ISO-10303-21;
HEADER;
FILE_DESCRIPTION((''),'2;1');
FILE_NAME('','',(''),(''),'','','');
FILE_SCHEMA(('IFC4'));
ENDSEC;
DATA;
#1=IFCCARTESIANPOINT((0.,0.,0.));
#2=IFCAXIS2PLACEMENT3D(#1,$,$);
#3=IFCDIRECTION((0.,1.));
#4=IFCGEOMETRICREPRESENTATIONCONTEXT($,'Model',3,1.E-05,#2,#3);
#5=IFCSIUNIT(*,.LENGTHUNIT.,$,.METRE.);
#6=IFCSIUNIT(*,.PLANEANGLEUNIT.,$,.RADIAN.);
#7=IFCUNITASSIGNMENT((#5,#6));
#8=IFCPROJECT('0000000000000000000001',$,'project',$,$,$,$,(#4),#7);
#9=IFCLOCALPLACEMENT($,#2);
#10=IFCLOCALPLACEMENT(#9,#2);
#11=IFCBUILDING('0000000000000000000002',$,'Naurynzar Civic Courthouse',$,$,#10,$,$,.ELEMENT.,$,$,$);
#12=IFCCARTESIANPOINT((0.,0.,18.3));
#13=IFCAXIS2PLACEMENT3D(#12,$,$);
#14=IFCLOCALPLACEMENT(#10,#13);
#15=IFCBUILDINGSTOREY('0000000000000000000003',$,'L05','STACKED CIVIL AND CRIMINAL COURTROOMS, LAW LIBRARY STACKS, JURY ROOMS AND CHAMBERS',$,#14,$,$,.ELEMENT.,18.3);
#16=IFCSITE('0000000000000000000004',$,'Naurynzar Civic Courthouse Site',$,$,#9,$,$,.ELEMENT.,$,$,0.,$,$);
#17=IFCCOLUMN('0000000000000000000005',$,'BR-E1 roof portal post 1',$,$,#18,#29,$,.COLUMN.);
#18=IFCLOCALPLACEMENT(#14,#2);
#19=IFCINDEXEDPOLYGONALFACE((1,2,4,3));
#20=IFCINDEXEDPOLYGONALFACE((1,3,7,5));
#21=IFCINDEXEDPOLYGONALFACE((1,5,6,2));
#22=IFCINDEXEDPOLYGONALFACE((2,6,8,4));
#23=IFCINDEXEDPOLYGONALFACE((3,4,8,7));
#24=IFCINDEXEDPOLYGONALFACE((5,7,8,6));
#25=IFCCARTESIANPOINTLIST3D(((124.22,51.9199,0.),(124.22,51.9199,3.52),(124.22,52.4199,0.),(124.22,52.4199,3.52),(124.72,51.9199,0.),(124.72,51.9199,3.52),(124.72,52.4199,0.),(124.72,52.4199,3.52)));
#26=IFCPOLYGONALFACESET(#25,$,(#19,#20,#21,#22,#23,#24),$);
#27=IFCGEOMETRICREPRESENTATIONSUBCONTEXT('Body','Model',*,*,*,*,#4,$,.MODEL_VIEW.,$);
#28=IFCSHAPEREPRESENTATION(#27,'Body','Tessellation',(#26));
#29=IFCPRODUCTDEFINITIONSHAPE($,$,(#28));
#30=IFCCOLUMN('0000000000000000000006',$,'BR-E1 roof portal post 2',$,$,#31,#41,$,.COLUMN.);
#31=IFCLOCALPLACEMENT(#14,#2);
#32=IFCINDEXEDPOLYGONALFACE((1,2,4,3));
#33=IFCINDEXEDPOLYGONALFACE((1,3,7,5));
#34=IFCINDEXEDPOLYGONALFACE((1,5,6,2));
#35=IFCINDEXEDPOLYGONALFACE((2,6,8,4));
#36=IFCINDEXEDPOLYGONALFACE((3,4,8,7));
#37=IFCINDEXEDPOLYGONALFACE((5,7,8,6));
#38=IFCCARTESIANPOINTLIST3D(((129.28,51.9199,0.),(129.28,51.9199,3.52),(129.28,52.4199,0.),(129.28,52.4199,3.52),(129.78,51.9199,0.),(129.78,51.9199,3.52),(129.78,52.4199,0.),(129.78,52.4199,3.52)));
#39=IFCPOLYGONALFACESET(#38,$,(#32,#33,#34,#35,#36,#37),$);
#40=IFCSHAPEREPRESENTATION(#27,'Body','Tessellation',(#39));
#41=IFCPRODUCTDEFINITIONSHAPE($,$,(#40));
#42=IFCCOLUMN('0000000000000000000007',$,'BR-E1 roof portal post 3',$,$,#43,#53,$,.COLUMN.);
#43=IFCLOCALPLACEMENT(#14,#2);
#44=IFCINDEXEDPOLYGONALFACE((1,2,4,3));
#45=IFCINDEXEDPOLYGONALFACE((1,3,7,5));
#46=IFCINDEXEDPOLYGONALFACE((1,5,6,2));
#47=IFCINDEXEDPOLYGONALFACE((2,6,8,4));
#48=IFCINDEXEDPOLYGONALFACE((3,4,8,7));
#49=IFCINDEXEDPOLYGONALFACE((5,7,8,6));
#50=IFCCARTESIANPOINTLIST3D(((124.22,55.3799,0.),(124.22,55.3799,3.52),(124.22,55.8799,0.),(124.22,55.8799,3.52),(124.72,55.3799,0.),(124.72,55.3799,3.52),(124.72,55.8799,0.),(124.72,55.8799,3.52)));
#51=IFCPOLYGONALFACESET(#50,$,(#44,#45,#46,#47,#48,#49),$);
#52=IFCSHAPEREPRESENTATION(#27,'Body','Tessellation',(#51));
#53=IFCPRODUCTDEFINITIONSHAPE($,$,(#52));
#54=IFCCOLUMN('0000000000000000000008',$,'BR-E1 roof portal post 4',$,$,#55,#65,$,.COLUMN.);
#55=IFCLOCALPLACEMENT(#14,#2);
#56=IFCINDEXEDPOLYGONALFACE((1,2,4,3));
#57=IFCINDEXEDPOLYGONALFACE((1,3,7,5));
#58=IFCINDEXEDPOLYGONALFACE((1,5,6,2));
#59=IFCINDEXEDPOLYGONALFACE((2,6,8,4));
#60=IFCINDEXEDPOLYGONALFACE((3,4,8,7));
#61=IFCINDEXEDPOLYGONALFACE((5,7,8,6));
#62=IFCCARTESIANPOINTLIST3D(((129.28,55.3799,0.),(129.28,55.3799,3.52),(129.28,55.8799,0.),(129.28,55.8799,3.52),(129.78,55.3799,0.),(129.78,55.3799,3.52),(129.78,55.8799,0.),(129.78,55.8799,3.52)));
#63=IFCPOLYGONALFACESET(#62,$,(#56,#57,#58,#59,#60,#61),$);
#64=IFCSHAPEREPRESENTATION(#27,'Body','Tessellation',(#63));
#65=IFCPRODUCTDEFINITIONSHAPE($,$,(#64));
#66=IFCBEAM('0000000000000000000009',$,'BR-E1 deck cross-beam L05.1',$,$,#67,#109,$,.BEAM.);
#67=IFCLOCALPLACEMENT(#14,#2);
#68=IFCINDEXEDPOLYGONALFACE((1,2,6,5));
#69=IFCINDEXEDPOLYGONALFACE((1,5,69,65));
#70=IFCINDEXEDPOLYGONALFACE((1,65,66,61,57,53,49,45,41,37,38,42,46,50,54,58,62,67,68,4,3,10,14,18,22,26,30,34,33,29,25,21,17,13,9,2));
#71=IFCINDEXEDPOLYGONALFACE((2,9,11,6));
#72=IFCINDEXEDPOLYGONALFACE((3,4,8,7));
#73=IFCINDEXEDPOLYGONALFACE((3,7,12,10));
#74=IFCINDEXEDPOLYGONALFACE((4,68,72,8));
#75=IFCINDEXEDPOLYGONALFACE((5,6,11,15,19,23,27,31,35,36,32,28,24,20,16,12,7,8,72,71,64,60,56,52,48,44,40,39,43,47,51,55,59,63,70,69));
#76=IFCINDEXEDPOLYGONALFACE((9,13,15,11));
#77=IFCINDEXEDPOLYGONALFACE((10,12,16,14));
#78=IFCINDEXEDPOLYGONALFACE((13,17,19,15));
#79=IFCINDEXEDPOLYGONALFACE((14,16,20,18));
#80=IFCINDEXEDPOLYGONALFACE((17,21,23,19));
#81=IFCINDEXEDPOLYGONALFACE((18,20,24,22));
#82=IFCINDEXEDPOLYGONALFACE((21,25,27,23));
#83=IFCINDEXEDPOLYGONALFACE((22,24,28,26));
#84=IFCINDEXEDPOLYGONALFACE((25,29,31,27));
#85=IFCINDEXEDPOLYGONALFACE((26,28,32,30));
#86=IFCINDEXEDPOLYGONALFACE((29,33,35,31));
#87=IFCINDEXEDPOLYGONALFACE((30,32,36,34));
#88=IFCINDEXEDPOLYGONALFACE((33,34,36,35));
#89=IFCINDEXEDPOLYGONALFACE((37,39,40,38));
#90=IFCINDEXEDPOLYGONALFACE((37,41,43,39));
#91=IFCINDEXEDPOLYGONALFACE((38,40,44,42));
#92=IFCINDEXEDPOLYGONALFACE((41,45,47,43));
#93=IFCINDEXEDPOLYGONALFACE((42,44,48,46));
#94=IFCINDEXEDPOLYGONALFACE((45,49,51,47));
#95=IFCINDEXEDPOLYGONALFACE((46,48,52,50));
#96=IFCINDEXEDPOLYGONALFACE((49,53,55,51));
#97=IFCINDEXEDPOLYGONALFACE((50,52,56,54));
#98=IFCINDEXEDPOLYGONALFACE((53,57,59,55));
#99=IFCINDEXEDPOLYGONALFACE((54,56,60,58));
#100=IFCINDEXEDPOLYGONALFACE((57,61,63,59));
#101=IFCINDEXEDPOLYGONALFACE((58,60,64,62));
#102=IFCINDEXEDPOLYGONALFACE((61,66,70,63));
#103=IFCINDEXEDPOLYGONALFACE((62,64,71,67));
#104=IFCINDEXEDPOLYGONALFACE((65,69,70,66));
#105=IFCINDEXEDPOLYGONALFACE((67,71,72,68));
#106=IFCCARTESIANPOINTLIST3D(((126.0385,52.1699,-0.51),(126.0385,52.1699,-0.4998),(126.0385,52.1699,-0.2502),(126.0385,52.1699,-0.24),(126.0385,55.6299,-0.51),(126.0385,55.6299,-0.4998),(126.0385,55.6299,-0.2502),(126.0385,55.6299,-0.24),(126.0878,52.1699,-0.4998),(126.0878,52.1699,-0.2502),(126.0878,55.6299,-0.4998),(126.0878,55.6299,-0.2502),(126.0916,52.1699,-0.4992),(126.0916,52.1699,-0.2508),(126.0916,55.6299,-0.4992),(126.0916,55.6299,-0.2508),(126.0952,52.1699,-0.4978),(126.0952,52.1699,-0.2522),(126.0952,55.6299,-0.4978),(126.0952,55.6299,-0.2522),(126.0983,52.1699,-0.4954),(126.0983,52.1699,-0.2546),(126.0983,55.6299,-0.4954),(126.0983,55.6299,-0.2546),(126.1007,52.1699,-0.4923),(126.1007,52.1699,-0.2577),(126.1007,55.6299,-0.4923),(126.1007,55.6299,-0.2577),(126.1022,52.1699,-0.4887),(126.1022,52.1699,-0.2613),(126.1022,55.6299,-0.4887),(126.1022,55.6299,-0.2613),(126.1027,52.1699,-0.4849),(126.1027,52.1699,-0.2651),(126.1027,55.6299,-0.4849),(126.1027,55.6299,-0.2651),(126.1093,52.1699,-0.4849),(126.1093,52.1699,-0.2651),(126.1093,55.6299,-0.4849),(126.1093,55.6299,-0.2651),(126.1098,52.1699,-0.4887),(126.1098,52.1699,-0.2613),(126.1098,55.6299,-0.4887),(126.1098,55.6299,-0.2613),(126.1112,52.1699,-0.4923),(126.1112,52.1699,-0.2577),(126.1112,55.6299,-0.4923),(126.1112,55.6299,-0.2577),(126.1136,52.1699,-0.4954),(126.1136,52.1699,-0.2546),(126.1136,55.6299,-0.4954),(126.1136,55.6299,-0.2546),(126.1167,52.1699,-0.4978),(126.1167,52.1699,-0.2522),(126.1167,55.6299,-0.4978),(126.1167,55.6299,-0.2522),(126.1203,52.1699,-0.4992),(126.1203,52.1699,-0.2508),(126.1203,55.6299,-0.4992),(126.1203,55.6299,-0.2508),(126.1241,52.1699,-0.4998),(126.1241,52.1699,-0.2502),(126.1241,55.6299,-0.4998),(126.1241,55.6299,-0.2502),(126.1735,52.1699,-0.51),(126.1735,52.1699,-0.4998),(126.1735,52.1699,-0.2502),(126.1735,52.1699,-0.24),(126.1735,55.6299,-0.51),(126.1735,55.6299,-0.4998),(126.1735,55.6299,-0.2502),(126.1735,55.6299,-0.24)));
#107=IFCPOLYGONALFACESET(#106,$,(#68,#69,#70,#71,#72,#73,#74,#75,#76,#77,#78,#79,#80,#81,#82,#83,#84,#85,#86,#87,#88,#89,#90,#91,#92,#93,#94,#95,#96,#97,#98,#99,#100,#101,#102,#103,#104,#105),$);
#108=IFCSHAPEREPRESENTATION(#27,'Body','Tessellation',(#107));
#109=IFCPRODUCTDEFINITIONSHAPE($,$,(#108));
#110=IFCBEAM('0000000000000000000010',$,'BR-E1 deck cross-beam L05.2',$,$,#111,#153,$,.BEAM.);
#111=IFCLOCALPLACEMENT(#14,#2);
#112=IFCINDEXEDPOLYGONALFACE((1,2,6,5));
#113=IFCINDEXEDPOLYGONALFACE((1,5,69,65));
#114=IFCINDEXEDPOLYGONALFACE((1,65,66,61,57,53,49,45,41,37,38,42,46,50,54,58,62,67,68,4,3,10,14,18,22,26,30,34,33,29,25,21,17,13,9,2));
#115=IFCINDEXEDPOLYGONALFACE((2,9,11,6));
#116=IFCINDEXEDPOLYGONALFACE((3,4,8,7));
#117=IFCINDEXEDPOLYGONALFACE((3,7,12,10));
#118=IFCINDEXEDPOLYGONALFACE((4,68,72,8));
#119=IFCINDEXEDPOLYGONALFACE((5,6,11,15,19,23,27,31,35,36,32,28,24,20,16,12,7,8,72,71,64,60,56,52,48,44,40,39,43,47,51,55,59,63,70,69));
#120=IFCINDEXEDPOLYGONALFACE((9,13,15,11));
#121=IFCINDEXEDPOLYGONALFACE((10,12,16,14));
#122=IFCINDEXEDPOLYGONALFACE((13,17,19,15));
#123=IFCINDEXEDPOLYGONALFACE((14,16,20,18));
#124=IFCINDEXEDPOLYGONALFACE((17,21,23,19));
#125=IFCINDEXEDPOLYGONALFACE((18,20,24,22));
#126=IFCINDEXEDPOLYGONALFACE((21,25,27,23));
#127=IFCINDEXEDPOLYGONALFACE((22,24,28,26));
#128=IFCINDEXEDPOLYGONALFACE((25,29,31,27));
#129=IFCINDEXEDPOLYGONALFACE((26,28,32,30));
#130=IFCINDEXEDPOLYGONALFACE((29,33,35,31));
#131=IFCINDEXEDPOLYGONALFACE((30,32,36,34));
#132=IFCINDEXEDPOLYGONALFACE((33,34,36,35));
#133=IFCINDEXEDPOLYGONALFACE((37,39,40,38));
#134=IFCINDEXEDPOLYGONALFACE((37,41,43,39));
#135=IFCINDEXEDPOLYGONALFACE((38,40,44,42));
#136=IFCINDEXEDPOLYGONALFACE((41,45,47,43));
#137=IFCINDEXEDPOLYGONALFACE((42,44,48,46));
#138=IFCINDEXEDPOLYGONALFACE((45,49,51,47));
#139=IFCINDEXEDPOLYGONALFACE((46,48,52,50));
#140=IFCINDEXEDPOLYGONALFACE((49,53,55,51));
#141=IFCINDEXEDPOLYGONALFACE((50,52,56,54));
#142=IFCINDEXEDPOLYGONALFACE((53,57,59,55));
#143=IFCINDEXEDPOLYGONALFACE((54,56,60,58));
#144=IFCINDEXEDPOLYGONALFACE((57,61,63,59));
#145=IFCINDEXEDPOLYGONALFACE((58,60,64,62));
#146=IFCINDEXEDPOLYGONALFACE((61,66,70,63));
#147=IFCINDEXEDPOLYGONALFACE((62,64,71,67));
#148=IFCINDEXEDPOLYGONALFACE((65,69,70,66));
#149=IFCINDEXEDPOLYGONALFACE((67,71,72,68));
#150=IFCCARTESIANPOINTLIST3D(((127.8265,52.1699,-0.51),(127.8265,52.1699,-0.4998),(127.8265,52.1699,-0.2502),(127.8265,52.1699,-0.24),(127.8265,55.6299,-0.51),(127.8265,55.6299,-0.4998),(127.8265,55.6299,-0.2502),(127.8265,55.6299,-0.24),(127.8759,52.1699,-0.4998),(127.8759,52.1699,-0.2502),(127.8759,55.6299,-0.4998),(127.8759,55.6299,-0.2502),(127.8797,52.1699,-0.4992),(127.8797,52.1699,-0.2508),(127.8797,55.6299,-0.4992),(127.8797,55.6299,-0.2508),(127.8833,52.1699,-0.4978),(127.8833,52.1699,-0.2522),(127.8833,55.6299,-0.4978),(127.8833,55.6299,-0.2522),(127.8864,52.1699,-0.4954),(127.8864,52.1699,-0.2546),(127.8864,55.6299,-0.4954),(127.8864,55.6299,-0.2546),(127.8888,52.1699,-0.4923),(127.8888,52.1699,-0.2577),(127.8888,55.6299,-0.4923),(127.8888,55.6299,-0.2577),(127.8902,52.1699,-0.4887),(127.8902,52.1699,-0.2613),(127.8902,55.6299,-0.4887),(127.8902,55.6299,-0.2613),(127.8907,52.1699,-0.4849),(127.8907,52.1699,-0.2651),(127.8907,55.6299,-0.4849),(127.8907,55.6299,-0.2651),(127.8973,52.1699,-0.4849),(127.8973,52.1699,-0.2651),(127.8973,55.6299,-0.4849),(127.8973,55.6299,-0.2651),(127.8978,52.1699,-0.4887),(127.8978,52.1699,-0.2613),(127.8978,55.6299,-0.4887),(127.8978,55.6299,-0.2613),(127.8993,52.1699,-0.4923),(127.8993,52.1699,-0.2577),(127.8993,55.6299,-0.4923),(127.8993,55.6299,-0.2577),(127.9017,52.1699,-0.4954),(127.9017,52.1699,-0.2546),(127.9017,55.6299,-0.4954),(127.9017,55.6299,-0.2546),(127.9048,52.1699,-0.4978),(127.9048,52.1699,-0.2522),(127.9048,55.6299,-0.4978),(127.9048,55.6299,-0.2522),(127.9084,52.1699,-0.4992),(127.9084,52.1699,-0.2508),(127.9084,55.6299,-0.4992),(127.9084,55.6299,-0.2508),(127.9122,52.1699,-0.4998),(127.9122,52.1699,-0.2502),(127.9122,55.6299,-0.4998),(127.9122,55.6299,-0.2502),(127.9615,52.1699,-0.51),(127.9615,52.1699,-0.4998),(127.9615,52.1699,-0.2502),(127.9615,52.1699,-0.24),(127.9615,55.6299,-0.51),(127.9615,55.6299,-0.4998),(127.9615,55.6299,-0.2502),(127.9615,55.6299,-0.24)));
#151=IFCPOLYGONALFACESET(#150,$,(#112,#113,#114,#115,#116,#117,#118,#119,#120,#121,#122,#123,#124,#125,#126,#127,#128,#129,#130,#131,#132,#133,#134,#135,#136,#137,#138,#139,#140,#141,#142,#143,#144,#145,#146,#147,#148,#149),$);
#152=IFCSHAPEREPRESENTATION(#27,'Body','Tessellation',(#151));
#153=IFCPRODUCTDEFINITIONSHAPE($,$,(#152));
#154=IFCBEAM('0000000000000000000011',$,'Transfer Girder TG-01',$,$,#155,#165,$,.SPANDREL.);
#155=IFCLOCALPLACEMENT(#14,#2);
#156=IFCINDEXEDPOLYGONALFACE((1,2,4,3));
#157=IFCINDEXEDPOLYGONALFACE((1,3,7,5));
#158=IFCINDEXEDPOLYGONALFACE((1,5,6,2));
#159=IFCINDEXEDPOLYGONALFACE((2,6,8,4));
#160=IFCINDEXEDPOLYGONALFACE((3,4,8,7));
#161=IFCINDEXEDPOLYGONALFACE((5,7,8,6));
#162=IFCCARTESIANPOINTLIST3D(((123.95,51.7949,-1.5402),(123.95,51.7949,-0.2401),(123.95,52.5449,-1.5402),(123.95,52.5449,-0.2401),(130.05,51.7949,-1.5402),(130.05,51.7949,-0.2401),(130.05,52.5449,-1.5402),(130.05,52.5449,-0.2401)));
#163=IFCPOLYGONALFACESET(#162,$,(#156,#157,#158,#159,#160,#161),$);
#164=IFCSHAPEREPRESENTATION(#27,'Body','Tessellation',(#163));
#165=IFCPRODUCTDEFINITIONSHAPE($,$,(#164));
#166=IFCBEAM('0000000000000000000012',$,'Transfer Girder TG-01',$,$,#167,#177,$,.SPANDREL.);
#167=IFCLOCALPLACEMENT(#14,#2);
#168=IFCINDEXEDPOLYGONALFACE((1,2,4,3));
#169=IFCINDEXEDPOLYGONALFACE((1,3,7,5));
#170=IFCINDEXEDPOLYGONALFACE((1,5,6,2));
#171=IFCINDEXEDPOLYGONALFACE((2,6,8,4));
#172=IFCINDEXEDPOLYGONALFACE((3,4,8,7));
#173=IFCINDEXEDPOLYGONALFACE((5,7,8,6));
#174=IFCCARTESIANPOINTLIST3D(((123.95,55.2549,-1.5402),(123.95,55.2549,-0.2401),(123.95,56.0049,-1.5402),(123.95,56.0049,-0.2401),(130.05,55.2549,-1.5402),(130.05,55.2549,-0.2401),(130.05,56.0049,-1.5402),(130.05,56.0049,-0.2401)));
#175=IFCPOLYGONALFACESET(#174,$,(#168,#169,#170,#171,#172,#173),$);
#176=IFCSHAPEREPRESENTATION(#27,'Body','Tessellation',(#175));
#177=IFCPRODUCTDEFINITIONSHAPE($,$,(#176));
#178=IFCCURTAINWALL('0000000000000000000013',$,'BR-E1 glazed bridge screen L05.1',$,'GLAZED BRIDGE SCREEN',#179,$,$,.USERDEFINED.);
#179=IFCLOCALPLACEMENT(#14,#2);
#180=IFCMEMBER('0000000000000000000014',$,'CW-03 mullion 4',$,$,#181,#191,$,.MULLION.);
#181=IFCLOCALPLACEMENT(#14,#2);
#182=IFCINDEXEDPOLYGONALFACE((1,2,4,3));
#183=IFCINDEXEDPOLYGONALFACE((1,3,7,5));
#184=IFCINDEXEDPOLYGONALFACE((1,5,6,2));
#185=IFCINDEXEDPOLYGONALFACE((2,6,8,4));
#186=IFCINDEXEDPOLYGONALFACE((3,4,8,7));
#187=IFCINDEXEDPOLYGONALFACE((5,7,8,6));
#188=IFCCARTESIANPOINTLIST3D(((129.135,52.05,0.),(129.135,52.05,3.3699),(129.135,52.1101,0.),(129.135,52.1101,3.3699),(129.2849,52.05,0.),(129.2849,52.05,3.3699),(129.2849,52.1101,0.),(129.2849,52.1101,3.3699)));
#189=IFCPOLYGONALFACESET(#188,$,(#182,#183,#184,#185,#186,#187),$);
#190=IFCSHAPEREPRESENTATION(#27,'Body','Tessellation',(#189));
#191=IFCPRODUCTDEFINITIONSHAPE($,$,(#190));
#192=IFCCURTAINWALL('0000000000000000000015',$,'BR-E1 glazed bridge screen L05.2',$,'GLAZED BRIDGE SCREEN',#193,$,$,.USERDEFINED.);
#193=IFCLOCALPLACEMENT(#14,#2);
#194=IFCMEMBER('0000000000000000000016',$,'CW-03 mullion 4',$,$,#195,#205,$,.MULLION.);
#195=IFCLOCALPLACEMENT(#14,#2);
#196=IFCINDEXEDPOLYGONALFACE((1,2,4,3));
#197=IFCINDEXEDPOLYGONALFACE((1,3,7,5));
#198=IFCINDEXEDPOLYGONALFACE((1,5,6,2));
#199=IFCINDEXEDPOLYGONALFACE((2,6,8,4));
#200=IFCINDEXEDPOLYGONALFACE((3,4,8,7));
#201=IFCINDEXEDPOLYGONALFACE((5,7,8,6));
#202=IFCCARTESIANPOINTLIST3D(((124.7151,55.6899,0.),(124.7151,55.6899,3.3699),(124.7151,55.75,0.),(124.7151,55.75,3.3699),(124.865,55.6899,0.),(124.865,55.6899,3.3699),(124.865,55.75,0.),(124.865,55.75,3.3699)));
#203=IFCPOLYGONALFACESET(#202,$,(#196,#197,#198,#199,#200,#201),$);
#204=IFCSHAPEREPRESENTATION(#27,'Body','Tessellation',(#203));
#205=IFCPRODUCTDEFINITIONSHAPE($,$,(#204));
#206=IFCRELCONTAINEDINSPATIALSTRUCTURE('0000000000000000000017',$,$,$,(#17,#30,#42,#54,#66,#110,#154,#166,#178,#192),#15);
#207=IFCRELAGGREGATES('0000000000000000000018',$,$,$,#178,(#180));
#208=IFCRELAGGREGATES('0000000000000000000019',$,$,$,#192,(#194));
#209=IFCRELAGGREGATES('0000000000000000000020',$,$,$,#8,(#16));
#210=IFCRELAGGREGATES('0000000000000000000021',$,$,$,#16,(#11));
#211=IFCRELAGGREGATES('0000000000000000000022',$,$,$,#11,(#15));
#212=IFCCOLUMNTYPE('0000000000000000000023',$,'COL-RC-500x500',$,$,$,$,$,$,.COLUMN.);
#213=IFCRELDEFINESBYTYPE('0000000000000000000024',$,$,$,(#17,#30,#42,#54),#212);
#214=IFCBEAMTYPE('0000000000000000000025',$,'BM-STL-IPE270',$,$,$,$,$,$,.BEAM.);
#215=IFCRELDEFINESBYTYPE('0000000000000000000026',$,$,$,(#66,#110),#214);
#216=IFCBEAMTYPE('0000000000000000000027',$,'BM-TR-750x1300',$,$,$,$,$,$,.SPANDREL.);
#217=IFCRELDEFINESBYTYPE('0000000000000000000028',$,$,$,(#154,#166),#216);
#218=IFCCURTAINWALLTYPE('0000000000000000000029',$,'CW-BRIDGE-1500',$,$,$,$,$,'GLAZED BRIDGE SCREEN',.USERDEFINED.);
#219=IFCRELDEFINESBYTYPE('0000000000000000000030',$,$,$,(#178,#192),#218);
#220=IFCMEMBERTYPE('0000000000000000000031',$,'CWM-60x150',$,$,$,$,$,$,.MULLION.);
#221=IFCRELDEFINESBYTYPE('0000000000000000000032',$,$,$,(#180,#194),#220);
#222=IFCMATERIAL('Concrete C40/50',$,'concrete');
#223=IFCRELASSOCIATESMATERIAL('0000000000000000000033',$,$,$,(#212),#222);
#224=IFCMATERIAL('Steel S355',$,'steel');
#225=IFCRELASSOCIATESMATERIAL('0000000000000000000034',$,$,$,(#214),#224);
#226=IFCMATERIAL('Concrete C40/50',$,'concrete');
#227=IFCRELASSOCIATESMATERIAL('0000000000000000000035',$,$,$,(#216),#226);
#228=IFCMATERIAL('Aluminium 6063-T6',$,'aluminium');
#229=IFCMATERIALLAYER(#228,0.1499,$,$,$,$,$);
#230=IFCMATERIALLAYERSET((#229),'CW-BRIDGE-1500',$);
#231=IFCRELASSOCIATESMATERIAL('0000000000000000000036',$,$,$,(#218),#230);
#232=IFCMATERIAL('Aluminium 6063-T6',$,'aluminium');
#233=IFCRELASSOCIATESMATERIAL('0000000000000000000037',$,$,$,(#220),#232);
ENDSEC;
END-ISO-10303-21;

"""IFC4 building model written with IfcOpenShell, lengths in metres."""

from ifc_helpers import new_model, si_unit, direction, frame, origin, origin_2d, place, context, subcontext, project, spatial, rectangle, i_section, extrude, material, layer, layer_set, material_profile, profile_set, type_object, element, aggregate, save


model = new_model("IFC4")

# Units and contexts
model_context = context("Model", 3, precision=1e-05, world=origin(), true_north=direction((0.0, 1.0)))
body_context = subcontext(model_context, "Body", "Model", "MODEL_VIEW")
ifc_project = project(units=[si_unit("LENGTHUNIT", "METRE"), si_unit("PLANEANGLEUNIT", "RADIAN")], contexts=[model_context])

# Site, building, storey
site_placement = place(None, origin())
site = spatial("IfcSite", under=ifc_project, at=site_placement, Name="Naurynzar Civic Courthouse Site", CompositionType="ELEMENT", RefElevation=0.0)
building_placement = place(site_placement, origin())
building = spatial("IfcBuilding", under=site, at=building_placement, Name="Naurynzar Civic Courthouse", CompositionType="ELEMENT")
storey_placement = place(building_placement, frame((0.0, 0.0, 18.3)))
storey = spatial("IfcBuildingStorey", under=building, at=storey_placement, Name="L05", Description="STACKED CIVIL AND CRIMINAL COURTROOMS, LAW LIBRARY STACKS, JURY ROOMS AND CHAMBERS", CompositionType="ELEMENT", Elevation=18.3)

# Columns
ifc_material_1 = material(Name="Concrete C40/50", Category="concrete")
ifc_material_profile_1 = material_profile(ifc_material_1, rectangle(XDim=0.5, YDim=0.5, at=origin_2d()), Name="RC 500x500")
ifc_profile_set_1 = profile_set([ifc_material_profile_1], Name="Concrete C40/50")
column_type = type_object("IfcColumnType", Name="COL-RC-500x500", PredefinedType="COLUMN", material=ifc_profile_set_1)
for number, where, z_axis, x_axis, name in (
    (1, (124.47, 52.1699, 0.0), (0.0, 0.0, 1.0), (1.0, 0.0, 0.0), "BR-E1 roof portal post 1"),
    (2, (129.53, 52.1699, 0.0), (0.0, 0.0, 1.0), (1.0, 0.0, 0.0), "BR-E1 roof portal post 2"),
    (3, (124.47, 55.6299, 0.0), (0.0, 0.0, 1.0), (1.0, 0.0, 0.0), "BR-E1 roof portal post 3"),
    (4, (129.53, 55.6299, 0.0), (0.0, 0.0, 1.0), (1.0, 0.0, 0.0), "BR-E1 roof portal post 4"),
):
    element("IfcColumn", number, at=place(storey_placement, frame(where, z_axis=z_axis, x_axis=x_axis)), inside=storey, type_object=column_type, Name=name, PredefinedType="COLUMN", context=body_context, shape_type="SweptSolid", body=[
        extrude(rectangle(XDim=0.5, YDim=0.5, at=origin_2d()), origin(), (0.0, 0.0, 1.0), 3.52),
    ])

# Beams
ifc_material_2 = material(Name="Steel S355", Category="steel")
ifc_material_profile_2 = material_profile(ifc_material_2, i_section(OverallWidth=0.135, OverallDepth=0.27, WebThickness=0.0066, FlangeThickness=0.0103, FilletRadius=0.0149, at=origin_2d()), Name="IPE 270")
ifc_profile_set_2 = profile_set([ifc_material_profile_2], Name="Steel S355")
beam_type_1 = type_object("IfcBeamType", Name="BM-STL-IPE270", PredefinedType="BEAM", material=ifc_profile_set_2)
for number, where, z_axis, x_axis, name in (
    (5, (126.106, 52.1699, -0.375), (0.0, 1.0, 0.0), (-1.0, 0.0, 0.0), "BR-E1 deck cross-beam L05.1"),
    (6, (127.894, 52.1699, -0.375), (0.0, 1.0, 0.0), (-1.0, 0.0, 0.0), "BR-E1 deck cross-beam L05.2"),
):
    element("IfcBeam", number, at=place(storey_placement, frame(where, z_axis=z_axis, x_axis=x_axis)), inside=storey, type_object=beam_type_1, Name=name, PredefinedType="BEAM", context=body_context, shape_type="SweptSolid", body=[
        extrude(i_section(OverallWidth=0.135, OverallDepth=0.27, WebThickness=0.0066, FlangeThickness=0.0103, FilletRadius=0.0149, at=origin_2d()), origin(), (0.0, 0.0, 1.0), 3.46),
    ])
ifc_material_3 = material(Name="Concrete C40/50", Category="concrete")
ifc_material_profile_3 = material_profile(ifc_material_3, rectangle(XDim=0.75, YDim=1.3, at=origin_2d()), Name="RCT 750x1300")
ifc_profile_set_3 = profile_set([ifc_material_profile_3], Name="Concrete C40/50")
beam_type_2 = type_object("IfcBeamType", Name="BM-TR-750x1300", PredefinedType="SPANDREL", material=ifc_profile_set_3)
for number, where, z_axis, x_axis, name in (
    (7, (123.95, 52.1699, -0.8901), (1.0, 0.0, 0.0), (0.0, 1.0, 0.0), "Transfer Girder TG-01"),
    (8, (123.95, 55.6299, -0.8901), (1.0, 0.0, 0.0), (0.0, 1.0, 0.0), "Transfer Girder TG-01"),
):
    element("IfcBeam", number, at=place(storey_placement, frame(where, z_axis=z_axis, x_axis=x_axis)), inside=storey, type_object=beam_type_2, Name=name, PredefinedType="SPANDREL", context=body_context, shape_type="SweptSolid", body=[
        extrude(rectangle(XDim=0.75, YDim=1.3, at=origin_2d()), origin(), (0.0, 0.0, 1.0), 6.1001),
    ])

# Curtain walls, members
ifc_material_4 = material(Name="Aluminium 6063-T6", Category="aluminium")
ifc_layer_1 = layer(ifc_material_4, 0.1499)
ifc_layer_set_1 = layer_set([ifc_layer_1], Name="CW-BRIDGE-1500")
curtain_wall_type = type_object("IfcCurtainWallType", Name="CW-BRIDGE-1500", ElementType="GLAZED BRIDGE SCREEN", PredefinedType="USERDEFINED", material=ifc_layer_set_1)
curtain_wall_1_placement = place(storey_placement, origin())
curtain_wall_1 = element("IfcCurtainWall", 9, at=curtain_wall_1_placement, inside=storey, type_object=curtain_wall_type, Name="BR-E1 glazed bridge screen L05.1", ObjectType="GLAZED BRIDGE SCREEN", PredefinedType="USERDEFINED")
ifc_material_5 = material(Name="Aluminium 6063-T6", Category="aluminium")
ifc_material_profile_4 = material_profile(ifc_material_5, rectangle(XDim=0.0601, YDim=0.1499, at=origin_2d()), Name="ALU MULLION 60x150")
ifc_profile_set_4 = profile_set([ifc_material_profile_4], Name="Aluminium 6063-T6")
member_type_1 = type_object("IfcMemberType", Name="CWM-60x150", PredefinedType="MULLION", material=ifc_profile_set_4)
member_1_placement = place(storey_placement, frame((129.21, 52.0801, 0.0), z_axis=(0.0, 0.0, 1.0), x_axis=(0.0, 1.0, 0.0)))
member_1 = element("IfcMember", 10, at=member_1_placement, type_object=member_type_1, Name="CW-03 mullion 4", PredefinedType="MULLION", context=body_context, shape_type="SweptSolid", body=[
    extrude(rectangle(XDim=0.0601, YDim=0.1499, at=origin_2d()), origin(), (0.0, 0.0, 1.0), 3.3699),
])
curtain_wall_2_placement = place(storey_placement, origin())
curtain_wall_2 = element("IfcCurtainWall", 11, at=curtain_wall_2_placement, inside=storey, type_object=curtain_wall_type, Name="BR-E1 glazed bridge screen L05.2", ObjectType="GLAZED BRIDGE SCREEN", PredefinedType="USERDEFINED")
member_2_placement = place(storey_placement, frame((124.79, 55.72, 0.0), z_axis=(0.0, 0.0, 1.0), x_axis=(0.0, -1.0, 0.0)))
member_2 = element("IfcMember", 12, at=member_2_placement, type_object=member_type_1, Name="CW-03 mullion 4", PredefinedType="MULLION", context=body_context, shape_type="SweptSolid", body=[
    extrude(rectangle(XDim=0.0601, YDim=0.1499, at=origin_2d()), origin(), (0.0, 0.0, 1.0), 3.3699),
])

aggregate(curtain_wall_1, [member_1])
aggregate(curtain_wall_2, [member_2])

save(model, "model.ifc")
